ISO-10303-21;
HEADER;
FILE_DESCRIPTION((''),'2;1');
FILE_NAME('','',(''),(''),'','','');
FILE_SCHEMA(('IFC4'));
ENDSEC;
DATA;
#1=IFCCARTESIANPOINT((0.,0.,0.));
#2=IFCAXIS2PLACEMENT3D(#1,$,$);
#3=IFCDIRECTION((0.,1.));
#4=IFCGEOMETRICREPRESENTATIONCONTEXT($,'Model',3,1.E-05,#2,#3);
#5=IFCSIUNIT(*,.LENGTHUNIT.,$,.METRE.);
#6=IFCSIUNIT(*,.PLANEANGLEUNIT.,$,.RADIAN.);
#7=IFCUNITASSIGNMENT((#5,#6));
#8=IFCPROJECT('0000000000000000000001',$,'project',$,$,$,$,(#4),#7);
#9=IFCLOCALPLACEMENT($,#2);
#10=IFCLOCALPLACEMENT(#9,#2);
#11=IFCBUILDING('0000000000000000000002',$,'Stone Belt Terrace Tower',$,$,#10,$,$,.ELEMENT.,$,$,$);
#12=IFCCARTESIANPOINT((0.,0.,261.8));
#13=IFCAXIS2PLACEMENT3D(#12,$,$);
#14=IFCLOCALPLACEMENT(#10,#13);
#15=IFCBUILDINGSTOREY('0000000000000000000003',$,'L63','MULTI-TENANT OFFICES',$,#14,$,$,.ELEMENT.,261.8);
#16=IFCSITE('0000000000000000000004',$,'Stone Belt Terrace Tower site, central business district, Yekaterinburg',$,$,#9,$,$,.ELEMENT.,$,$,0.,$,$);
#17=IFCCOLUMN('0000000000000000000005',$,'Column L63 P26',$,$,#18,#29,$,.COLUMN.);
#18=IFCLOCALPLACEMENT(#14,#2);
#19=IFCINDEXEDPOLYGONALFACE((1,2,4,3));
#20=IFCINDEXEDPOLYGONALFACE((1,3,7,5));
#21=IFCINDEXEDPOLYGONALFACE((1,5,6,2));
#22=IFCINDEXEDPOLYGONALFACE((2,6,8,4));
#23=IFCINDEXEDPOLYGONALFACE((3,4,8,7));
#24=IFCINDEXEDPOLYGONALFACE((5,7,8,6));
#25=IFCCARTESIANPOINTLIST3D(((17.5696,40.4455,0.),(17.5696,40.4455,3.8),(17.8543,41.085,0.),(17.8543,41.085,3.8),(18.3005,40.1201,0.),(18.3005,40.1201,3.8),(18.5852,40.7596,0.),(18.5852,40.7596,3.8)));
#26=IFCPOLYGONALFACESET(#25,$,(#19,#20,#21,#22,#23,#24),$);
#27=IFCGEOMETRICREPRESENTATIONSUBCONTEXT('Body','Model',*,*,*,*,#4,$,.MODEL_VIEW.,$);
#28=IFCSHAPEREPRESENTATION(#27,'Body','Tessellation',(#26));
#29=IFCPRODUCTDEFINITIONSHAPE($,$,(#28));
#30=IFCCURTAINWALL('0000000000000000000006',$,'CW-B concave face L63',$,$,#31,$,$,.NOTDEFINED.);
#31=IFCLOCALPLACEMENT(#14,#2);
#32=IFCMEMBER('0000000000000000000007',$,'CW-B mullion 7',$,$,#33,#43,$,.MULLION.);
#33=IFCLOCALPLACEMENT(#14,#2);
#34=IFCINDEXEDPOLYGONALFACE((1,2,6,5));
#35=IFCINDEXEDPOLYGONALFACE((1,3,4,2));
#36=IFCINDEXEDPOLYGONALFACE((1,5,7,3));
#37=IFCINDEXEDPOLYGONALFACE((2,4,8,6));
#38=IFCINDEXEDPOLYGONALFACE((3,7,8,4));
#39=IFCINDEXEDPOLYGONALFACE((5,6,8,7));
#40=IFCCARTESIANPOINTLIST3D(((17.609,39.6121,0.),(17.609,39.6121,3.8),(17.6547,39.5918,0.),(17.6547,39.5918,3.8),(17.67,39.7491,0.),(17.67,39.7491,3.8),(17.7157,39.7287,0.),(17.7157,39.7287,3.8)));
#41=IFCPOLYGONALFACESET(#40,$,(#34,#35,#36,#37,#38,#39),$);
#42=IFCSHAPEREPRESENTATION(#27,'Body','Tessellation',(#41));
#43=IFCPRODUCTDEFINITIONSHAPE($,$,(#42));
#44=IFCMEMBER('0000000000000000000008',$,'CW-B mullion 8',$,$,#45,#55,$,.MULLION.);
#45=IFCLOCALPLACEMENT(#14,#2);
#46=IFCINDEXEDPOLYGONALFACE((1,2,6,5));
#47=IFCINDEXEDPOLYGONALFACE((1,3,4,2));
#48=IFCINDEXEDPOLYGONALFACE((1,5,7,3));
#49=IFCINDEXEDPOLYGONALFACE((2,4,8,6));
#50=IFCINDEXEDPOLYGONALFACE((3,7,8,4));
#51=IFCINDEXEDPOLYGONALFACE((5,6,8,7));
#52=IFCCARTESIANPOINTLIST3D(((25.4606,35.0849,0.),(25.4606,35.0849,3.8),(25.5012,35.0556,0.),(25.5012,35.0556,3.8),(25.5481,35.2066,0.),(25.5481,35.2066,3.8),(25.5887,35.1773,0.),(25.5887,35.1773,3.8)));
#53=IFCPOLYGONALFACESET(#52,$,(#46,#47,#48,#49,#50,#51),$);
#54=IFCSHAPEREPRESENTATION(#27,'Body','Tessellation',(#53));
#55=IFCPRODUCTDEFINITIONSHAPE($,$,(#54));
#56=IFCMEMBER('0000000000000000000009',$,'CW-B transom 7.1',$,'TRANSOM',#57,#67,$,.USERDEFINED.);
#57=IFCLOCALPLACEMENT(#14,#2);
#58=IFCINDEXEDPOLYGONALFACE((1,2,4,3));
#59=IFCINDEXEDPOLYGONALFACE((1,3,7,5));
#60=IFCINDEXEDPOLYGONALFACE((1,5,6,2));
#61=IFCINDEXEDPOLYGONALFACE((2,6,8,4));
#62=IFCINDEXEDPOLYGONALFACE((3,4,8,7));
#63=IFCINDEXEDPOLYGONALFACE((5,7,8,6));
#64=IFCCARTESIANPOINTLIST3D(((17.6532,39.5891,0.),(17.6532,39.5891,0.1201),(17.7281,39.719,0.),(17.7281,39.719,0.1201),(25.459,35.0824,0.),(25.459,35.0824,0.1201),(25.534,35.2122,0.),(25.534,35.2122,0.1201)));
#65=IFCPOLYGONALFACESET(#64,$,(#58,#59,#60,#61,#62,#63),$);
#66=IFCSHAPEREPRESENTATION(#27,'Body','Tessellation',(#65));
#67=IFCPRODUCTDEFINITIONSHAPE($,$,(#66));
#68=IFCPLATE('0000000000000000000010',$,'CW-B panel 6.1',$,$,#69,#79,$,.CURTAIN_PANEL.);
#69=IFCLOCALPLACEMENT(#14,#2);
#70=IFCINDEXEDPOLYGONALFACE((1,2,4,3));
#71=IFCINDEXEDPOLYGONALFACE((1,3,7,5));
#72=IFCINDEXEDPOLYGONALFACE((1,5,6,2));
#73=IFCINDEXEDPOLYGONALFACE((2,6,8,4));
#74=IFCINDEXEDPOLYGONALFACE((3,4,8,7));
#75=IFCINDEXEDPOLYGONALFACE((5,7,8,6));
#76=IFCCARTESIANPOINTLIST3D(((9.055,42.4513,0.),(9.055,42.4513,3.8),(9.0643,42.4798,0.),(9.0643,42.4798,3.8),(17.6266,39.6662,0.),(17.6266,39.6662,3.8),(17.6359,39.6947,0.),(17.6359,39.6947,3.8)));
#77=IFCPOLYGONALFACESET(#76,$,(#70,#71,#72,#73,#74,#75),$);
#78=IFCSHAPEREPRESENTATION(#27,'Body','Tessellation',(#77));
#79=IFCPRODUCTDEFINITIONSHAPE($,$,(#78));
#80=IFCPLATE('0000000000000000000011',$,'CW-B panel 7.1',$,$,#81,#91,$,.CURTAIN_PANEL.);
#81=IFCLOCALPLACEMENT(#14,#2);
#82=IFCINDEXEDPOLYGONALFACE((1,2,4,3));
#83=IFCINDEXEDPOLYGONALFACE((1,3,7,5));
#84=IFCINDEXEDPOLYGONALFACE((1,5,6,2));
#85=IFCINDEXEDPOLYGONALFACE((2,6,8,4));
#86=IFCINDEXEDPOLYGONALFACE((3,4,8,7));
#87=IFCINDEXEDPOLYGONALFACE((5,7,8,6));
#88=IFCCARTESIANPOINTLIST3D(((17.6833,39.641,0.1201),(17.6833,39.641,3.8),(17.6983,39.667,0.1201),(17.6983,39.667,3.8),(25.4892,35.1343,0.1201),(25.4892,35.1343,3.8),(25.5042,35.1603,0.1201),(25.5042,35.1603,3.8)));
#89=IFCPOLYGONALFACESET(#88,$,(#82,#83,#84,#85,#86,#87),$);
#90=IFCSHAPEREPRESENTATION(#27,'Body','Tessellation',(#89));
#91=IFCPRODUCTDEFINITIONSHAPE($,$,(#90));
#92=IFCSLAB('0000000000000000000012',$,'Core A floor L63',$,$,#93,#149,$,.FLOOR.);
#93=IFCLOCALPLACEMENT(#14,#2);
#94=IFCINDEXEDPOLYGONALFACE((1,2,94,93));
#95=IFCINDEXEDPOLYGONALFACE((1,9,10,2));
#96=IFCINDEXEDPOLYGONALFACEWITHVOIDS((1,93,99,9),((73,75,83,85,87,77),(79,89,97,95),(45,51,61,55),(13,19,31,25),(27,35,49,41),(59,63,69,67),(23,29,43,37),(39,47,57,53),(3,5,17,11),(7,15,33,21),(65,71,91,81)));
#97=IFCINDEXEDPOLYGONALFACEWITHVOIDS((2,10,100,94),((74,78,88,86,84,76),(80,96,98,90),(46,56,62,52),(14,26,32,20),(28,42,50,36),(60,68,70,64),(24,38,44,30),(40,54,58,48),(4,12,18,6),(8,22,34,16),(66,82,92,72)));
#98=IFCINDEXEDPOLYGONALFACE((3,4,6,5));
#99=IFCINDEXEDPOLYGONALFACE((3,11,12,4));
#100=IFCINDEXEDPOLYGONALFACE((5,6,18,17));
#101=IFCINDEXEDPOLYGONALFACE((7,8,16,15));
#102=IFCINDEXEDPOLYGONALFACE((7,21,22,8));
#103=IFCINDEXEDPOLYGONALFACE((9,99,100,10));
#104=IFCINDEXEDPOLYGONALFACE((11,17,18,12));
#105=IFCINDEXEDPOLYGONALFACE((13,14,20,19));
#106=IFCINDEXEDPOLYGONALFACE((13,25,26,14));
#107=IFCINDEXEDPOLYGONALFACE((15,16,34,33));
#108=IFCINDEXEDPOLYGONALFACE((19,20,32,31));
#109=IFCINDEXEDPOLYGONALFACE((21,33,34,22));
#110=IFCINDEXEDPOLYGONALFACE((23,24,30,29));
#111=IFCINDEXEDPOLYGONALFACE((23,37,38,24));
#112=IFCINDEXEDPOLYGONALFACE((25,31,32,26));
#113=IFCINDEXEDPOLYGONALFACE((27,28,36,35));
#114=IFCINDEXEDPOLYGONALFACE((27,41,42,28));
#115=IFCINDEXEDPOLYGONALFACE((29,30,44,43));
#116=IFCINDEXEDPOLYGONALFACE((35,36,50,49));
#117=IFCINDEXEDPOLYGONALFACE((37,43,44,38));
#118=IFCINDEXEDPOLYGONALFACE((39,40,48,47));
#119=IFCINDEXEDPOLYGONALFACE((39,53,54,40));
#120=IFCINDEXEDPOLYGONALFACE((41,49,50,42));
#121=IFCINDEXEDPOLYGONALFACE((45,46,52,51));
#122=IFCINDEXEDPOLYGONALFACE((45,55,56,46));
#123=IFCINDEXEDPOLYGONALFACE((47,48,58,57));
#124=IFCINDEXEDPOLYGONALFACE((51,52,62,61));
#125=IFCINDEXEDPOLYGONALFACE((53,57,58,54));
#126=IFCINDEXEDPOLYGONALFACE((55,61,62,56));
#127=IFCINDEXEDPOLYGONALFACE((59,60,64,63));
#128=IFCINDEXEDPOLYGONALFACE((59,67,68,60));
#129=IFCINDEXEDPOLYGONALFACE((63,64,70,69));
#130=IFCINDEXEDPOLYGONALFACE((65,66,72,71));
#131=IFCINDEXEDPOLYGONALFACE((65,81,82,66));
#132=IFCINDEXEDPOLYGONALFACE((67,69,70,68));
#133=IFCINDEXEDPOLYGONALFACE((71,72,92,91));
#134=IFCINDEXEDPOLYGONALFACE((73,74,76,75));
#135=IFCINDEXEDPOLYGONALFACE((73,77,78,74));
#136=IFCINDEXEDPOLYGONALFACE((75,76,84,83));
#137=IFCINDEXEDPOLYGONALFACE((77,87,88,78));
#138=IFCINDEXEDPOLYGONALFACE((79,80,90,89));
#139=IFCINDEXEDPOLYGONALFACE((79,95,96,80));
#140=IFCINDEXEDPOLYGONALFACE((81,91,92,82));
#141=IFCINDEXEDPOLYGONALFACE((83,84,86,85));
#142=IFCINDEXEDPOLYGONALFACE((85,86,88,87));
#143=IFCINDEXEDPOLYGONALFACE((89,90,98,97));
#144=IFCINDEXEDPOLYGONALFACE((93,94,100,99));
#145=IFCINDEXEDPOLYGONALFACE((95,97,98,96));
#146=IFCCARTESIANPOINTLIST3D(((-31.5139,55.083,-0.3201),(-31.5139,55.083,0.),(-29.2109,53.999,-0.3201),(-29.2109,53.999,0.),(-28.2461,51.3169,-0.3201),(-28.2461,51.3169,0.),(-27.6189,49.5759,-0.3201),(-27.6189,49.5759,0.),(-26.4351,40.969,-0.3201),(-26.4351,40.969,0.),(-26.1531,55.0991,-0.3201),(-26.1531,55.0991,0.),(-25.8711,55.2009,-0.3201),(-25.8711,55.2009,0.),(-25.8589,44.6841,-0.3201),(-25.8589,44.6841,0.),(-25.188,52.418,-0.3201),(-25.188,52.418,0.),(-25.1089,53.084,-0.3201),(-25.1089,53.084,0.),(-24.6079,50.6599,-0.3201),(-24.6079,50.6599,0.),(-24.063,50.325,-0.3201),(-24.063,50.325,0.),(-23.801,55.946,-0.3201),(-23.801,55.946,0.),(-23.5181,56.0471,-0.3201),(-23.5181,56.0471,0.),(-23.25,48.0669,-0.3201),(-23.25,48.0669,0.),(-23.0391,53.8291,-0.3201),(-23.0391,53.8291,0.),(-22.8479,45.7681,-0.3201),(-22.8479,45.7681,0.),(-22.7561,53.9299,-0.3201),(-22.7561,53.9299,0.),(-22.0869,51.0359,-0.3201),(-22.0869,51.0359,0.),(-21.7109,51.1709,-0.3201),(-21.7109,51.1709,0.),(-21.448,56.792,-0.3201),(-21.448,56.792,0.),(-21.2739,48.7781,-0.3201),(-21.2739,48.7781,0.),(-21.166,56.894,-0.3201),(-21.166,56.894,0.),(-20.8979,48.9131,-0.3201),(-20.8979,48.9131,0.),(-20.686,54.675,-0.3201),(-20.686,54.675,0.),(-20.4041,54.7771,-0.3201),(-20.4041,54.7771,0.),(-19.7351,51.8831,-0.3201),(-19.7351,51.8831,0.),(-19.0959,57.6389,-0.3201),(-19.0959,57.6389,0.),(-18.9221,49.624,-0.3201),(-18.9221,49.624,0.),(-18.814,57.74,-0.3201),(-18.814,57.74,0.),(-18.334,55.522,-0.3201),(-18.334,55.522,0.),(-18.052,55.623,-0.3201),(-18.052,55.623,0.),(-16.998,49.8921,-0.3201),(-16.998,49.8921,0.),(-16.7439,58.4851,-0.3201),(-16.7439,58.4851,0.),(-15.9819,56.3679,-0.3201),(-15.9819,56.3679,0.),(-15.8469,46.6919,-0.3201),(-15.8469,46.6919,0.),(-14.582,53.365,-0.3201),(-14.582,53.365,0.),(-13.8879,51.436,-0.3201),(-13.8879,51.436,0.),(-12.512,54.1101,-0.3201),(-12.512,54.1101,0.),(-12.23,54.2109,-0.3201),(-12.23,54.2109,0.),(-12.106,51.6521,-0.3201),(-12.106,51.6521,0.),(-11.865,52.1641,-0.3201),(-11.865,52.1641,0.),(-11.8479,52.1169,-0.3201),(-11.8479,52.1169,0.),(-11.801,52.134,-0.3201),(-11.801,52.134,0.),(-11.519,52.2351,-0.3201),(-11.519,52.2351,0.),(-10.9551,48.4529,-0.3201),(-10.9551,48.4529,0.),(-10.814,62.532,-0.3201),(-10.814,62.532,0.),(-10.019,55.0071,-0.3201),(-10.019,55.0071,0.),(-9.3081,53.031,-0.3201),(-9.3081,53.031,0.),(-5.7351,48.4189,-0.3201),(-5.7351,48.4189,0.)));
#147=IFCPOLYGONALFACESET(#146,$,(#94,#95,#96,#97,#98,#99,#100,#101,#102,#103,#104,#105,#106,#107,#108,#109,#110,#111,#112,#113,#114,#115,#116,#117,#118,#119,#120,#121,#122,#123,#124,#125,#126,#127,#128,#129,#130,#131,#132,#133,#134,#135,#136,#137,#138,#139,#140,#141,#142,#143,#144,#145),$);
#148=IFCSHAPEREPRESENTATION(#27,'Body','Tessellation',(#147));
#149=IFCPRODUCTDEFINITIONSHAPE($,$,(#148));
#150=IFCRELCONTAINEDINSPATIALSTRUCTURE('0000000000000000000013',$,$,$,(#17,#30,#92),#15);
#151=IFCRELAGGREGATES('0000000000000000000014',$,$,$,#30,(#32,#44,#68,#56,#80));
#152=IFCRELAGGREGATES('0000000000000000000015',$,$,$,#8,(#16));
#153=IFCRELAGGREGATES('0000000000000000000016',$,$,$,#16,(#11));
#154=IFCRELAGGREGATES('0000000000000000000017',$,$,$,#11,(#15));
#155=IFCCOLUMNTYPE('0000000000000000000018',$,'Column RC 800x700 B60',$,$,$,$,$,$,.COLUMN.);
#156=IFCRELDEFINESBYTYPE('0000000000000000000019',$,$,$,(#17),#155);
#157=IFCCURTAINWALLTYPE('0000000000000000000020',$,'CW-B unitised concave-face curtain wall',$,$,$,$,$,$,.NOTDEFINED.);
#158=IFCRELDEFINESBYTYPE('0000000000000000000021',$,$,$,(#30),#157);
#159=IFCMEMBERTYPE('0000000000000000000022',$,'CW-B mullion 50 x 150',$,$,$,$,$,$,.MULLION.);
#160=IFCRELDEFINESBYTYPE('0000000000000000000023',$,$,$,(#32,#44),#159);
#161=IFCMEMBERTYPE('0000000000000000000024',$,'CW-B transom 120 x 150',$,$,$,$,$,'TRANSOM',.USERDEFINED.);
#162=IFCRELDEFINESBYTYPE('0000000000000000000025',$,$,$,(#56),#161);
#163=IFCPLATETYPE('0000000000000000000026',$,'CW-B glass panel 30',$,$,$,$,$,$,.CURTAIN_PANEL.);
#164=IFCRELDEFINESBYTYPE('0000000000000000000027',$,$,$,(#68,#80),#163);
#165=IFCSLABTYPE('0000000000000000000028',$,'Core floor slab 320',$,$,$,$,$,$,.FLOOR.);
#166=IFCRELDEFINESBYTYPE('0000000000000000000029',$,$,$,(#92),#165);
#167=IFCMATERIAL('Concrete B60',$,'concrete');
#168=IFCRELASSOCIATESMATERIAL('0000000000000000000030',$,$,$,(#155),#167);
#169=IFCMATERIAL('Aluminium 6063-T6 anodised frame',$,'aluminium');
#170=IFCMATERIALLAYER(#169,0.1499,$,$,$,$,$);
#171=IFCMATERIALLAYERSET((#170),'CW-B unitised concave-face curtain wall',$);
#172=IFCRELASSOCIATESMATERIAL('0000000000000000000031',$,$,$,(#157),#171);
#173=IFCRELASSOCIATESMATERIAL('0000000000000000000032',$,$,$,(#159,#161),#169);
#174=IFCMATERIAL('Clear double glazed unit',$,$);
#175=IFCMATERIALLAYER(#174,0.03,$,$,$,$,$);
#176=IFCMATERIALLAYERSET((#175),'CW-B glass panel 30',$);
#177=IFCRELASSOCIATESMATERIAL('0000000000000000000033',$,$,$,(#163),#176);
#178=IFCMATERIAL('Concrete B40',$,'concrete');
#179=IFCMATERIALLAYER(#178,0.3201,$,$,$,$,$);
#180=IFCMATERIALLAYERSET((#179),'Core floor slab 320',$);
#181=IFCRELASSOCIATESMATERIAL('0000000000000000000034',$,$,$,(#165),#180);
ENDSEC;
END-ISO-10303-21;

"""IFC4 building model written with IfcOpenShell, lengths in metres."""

from ifc_helpers import new_model, si_unit, direction, frame, origin, origin_2d, place, context, subcontext, project, spatial, polyline, rectangle, outline, extrude, material, layer, layer_set, material_profile, profile_set, type_object, element, aggregate, save


model = new_model("IFC4")

# Units and contexts
model_context = context("Model", 3, precision=1e-05, world=origin(), true_north=direction((0.0, 1.0)))
body_context = subcontext(model_context, "Body", "Model", "MODEL_VIEW")
ifc_project = project(units=[si_unit("LENGTHUNIT", "METRE"), si_unit("PLANEANGLEUNIT", "RADIAN")], contexts=[model_context])

# Site, building, storey
site_placement = place(None, origin())
site = spatial("IfcSite", under=ifc_project, at=site_placement, Name="Stone Belt Terrace Tower site, central business district, Yekaterinburg", CompositionType="ELEMENT", RefElevation=0.0)
building_placement = place(site_placement, origin())
building = spatial("IfcBuilding", under=site, at=building_placement, Name="Stone Belt Terrace Tower", CompositionType="ELEMENT")
storey_placement = place(building_placement, frame((0.0, 0.0, 261.8)))
storey = spatial("IfcBuildingStorey", under=building, at=storey_placement, Name="L63", Description="MULTI-TENANT OFFICES", CompositionType="ELEMENT", Elevation=261.8)

# Column
ifc_material_1 = material(Name="Concrete B60", Category="concrete")
ifc_material_profile_1 = material_profile(ifc_material_1, rectangle(XDim=0.8, YDim=0.7, at=origin_2d()), Name="RC 800x700")
ifc_profile_set_1 = profile_set([ifc_material_profile_1], Name="Concrete B60")
column_type = type_object("IfcColumnType", Name="Column RC 800x700 B60", PredefinedType="COLUMN", material=ifc_profile_set_1)
column_placement = place(storey_placement, frame((18.0774, 40.6025, 0.0), z_axis=(0.0, 0.0, 1.0), x_axis=(0.913545, -0.406737, 0.0)))
element("IfcColumn", 1, at=column_placement, inside=storey, type_object=column_type, Name="Column L63 P26", PredefinedType="COLUMN", context=body_context, shape_type="SweptSolid", body=[
    extrude(rectangle(XDim=0.8, YDim=0.7, at=origin_2d()), origin(), (0.0, 0.0, 1.0), 3.8),
])

# Curtain wall, members, plates
ifc_material_2 = material(Name="Aluminium 6063-T6 anodised frame", Category="aluminium")
ifc_layer_1 = layer(ifc_material_2, 0.1499)
ifc_layer_set_1 = layer_set([ifc_layer_1], Name="CW-B unitised concave-face curtain wall")
curtain_wall_type = type_object("IfcCurtainWallType", Name="CW-B unitised concave-face curtain wall", PredefinedType="NOTDEFINED", material=ifc_layer_set_1)
curtain_wall_placement = place(storey_placement, origin())
curtain_wall = element("IfcCurtainWall", 2, at=curtain_wall_placement, inside=storey, type_object=curtain_wall_type, Name="CW-B concave face L63", PredefinedType="NOTDEFINED")
ifc_material_profile_2 = material_profile(ifc_material_2, rectangle(XDim=0.1499, YDim=0.05, at=origin_2d()), Name="Aluminium 6063-T6 50x150")
ifc_profile_set_2 = profile_set([ifc_material_profile_2], Name="Aluminium 6063-T6 anodised frame")
member_type_1 = type_object("IfcMemberType", Name="CW-B mullion 50 x 150", PredefinedType="MULLION", material=ifc_profile_set_2)
member_1_placement = place(storey_placement, frame((17.6624, 39.6704, 0.0), z_axis=(0.0, 0.0, 1.0), x_axis=(0.406737, 0.913545, 0.0)))
member_1 = element("IfcMember", 3, at=member_1_placement, type_object=member_type_1, Name="CW-B mullion 7", PredefinedType="MULLION", context=body_context, shape_type="SweptSolid", body=[
    extrude(rectangle(XDim=0.1499, YDim=0.05, at=origin_2d()), origin(), (0.0, 0.0, 1.0), 3.8),
])
member_2_placement = place(storey_placement, frame((25.5247, 35.1311, 0.0), z_axis=(0.0, 0.0, 1.0), x_axis=(0.583819, 0.811884, 0.0)))
member_2 = element("IfcMember", 4, at=member_2_placement, type_object=member_type_1, Name="CW-B mullion 8", PredefinedType="MULLION", context=body_context, shape_type="SweptSolid", body=[
    extrude(rectangle(XDim=0.1499, YDim=0.05, at=origin_2d()), origin(), (0.0, 0.0, 1.0), 3.8),
])
ifc_material_profile_3 = material_profile(ifc_material_2, rectangle(XDim=0.1499, YDim=0.1201, at=origin_2d()), Name="Aluminium 6063-T6 150x120")
ifc_profile_set_3 = profile_set([ifc_material_profile_3], Name="Aluminium 6063-T6 anodised frame")
member_type_2 = type_object("IfcMemberType", Name="CW-B transom 120 x 150", ElementType="TRANSOM", PredefinedType="USERDEFINED", material=ifc_profile_set_3)
member_3_placement = place(storey_placement, frame((17.6907, 39.6541, 0.0601), z_axis=(0.866021, -0.500008, 0.0), x_axis=(0.500008, 0.866021, 0.0)))
member_3 = element("IfcMember", 5, at=member_3_placement, type_object=member_type_2, Name="CW-B transom 7.1", ObjectType="TRANSOM", PredefinedType="USERDEFINED", context=body_context, shape_type="SweptSolid", body=[
    extrude(rectangle(XDim=0.1499, YDim=0.1201, at=origin_2d()), origin(), (0.0, 0.0, 1.0), 9.0134),
])
ifc_material_3 = material(Name="Clear double glazed unit")
ifc_layer_2 = layer(ifc_material_3, 0.03)
ifc_layer_set_2 = layer_set([ifc_layer_2], Name="CW-B glass panel 30")
plate_type = type_object("IfcPlateType", Name="CW-B glass panel 30", PredefinedType="CURTAIN_PANEL", material=ifc_layer_set_2)
plate_1_placement = place(storey_placement, frame((13.3455, 41.073, 0.0), z_axis=(0.0, 0.0, 1.0), x_axis=(0.951057, -0.309017, 0.0)))
plate_1 = element("IfcPlate", 6, at=plate_1_placement, type_object=plate_type, Name="CW-B panel 6.1", PredefinedType="CURTAIN_PANEL", context=body_context, shape_type="SweptSolid", body=[
    extrude(rectangle(XDim=9.0127, YDim=0.03, at=origin_2d()), origin(), (0.0, 0.0, 1.0), 3.8),
])
plate_2_placement = place(storey_placement, frame((21.5938, 37.4006, 0.1201), z_axis=(0.0, 0.0, 1.0), x_axis=(0.866025, -0.5, 0.0)))
plate_2 = element("IfcPlate", 7, at=plate_2_placement, type_object=plate_type, Name="CW-B panel 7.1", PredefinedType="CURTAIN_PANEL", context=body_context, shape_type="SweptSolid", body=[
    extrude(rectangle(XDim=9.0134, YDim=0.03, at=origin_2d()), origin(), (0.0, 0.0, 1.0), 3.6799),
])
aggregate(curtain_wall, [member_1, member_2, plate_1, member_3, plate_2])

# Slab
ifc_material_4 = material(Name="Concrete B40", Category="concrete")
ifc_layer_3 = layer(ifc_material_4, 0.3201)
ifc_layer_set_3 = layer_set([ifc_layer_3], Name="Core floor slab 320")
slab_type_1 = type_object("IfcSlabType", Name="Core floor slab 320", PredefinedType="FLOOR", material=ifc_layer_set_3)
slab_1_placement = place(storey_placement, frame((0.0, 0.0, -0.3201)))
element("IfcSlab", 8, at=slab_1_placement, inside=storey, type_object=slab_type_1, Name="Core A floor L63", PredefinedType="FLOOR", context=body_context, shape_type="SweptSolid", body=[
    extrude(outline(polyline([(-26.4351, 40.969), (-5.7351, 48.4189), (-10.814, 62.532), (-31.5139, 55.083), (-26.4351, 40.969)]), holes=[polyline([(-24.6079, 50.6599), (-22.8479, 45.7681), (-25.8589, 44.6841), (-27.6189, 49.5759), (-24.6079, 50.6599)]), polyline([(-22.0869, 51.0359), (-21.2739, 48.7781), (-23.25, 48.0669), (-24.063, 50.325), (-22.0869, 51.0359)]), polyline([(-19.7351, 51.8831), (-18.9221, 49.624), (-20.8979, 48.9131), (-21.7109, 51.1709), (-19.7351, 51.8831)]), polyline([(-29.2109, 53.999), (-26.1531, 55.0991), (-25.188, 52.418), (-28.2461, 51.3169), (-29.2109, 53.999)]), polyline([(-23.801, 55.946), (-23.0391, 53.8291), (-25.1089, 53.084), (-25.8711, 55.2009), (-23.801, 55.946)]), polyline([(-23.5181, 56.0471), (-21.448, 56.792), (-20.686, 54.675), (-22.7561, 53.9299), (-23.5181, 56.0471)]), polyline([(-15.8469, 46.6919), (-16.998, 49.8921), (-12.106, 51.6521), (-10.9551, 48.4529), (-15.8469, 46.6919)]), polyline([(-11.8479, 52.1169), (-11.865, 52.1641), (-13.8879, 51.436), (-14.582, 53.365), (-12.512, 54.1101), (-11.801, 52.134), (-11.8479, 52.1169)]), polyline([(-10.019, 55.0071), (-9.3081, 53.031), (-11.519, 52.2351), (-12.23, 54.2109), (-10.019, 55.0071)]), polyline([(-19.0959, 57.6389), (-18.334, 55.522), (-20.4041, 54.7771), (-21.166, 56.894), (-19.0959, 57.6389)]), polyline([(-16.7439, 58.4851), (-15.9819, 56.3679), (-18.052, 55.623), (-18.814, 57.74), (-16.7439, 58.4851)])]), origin(), (0.0, 0.0, 1.0), 0.3201),
])

save(model, "model.ifc")
